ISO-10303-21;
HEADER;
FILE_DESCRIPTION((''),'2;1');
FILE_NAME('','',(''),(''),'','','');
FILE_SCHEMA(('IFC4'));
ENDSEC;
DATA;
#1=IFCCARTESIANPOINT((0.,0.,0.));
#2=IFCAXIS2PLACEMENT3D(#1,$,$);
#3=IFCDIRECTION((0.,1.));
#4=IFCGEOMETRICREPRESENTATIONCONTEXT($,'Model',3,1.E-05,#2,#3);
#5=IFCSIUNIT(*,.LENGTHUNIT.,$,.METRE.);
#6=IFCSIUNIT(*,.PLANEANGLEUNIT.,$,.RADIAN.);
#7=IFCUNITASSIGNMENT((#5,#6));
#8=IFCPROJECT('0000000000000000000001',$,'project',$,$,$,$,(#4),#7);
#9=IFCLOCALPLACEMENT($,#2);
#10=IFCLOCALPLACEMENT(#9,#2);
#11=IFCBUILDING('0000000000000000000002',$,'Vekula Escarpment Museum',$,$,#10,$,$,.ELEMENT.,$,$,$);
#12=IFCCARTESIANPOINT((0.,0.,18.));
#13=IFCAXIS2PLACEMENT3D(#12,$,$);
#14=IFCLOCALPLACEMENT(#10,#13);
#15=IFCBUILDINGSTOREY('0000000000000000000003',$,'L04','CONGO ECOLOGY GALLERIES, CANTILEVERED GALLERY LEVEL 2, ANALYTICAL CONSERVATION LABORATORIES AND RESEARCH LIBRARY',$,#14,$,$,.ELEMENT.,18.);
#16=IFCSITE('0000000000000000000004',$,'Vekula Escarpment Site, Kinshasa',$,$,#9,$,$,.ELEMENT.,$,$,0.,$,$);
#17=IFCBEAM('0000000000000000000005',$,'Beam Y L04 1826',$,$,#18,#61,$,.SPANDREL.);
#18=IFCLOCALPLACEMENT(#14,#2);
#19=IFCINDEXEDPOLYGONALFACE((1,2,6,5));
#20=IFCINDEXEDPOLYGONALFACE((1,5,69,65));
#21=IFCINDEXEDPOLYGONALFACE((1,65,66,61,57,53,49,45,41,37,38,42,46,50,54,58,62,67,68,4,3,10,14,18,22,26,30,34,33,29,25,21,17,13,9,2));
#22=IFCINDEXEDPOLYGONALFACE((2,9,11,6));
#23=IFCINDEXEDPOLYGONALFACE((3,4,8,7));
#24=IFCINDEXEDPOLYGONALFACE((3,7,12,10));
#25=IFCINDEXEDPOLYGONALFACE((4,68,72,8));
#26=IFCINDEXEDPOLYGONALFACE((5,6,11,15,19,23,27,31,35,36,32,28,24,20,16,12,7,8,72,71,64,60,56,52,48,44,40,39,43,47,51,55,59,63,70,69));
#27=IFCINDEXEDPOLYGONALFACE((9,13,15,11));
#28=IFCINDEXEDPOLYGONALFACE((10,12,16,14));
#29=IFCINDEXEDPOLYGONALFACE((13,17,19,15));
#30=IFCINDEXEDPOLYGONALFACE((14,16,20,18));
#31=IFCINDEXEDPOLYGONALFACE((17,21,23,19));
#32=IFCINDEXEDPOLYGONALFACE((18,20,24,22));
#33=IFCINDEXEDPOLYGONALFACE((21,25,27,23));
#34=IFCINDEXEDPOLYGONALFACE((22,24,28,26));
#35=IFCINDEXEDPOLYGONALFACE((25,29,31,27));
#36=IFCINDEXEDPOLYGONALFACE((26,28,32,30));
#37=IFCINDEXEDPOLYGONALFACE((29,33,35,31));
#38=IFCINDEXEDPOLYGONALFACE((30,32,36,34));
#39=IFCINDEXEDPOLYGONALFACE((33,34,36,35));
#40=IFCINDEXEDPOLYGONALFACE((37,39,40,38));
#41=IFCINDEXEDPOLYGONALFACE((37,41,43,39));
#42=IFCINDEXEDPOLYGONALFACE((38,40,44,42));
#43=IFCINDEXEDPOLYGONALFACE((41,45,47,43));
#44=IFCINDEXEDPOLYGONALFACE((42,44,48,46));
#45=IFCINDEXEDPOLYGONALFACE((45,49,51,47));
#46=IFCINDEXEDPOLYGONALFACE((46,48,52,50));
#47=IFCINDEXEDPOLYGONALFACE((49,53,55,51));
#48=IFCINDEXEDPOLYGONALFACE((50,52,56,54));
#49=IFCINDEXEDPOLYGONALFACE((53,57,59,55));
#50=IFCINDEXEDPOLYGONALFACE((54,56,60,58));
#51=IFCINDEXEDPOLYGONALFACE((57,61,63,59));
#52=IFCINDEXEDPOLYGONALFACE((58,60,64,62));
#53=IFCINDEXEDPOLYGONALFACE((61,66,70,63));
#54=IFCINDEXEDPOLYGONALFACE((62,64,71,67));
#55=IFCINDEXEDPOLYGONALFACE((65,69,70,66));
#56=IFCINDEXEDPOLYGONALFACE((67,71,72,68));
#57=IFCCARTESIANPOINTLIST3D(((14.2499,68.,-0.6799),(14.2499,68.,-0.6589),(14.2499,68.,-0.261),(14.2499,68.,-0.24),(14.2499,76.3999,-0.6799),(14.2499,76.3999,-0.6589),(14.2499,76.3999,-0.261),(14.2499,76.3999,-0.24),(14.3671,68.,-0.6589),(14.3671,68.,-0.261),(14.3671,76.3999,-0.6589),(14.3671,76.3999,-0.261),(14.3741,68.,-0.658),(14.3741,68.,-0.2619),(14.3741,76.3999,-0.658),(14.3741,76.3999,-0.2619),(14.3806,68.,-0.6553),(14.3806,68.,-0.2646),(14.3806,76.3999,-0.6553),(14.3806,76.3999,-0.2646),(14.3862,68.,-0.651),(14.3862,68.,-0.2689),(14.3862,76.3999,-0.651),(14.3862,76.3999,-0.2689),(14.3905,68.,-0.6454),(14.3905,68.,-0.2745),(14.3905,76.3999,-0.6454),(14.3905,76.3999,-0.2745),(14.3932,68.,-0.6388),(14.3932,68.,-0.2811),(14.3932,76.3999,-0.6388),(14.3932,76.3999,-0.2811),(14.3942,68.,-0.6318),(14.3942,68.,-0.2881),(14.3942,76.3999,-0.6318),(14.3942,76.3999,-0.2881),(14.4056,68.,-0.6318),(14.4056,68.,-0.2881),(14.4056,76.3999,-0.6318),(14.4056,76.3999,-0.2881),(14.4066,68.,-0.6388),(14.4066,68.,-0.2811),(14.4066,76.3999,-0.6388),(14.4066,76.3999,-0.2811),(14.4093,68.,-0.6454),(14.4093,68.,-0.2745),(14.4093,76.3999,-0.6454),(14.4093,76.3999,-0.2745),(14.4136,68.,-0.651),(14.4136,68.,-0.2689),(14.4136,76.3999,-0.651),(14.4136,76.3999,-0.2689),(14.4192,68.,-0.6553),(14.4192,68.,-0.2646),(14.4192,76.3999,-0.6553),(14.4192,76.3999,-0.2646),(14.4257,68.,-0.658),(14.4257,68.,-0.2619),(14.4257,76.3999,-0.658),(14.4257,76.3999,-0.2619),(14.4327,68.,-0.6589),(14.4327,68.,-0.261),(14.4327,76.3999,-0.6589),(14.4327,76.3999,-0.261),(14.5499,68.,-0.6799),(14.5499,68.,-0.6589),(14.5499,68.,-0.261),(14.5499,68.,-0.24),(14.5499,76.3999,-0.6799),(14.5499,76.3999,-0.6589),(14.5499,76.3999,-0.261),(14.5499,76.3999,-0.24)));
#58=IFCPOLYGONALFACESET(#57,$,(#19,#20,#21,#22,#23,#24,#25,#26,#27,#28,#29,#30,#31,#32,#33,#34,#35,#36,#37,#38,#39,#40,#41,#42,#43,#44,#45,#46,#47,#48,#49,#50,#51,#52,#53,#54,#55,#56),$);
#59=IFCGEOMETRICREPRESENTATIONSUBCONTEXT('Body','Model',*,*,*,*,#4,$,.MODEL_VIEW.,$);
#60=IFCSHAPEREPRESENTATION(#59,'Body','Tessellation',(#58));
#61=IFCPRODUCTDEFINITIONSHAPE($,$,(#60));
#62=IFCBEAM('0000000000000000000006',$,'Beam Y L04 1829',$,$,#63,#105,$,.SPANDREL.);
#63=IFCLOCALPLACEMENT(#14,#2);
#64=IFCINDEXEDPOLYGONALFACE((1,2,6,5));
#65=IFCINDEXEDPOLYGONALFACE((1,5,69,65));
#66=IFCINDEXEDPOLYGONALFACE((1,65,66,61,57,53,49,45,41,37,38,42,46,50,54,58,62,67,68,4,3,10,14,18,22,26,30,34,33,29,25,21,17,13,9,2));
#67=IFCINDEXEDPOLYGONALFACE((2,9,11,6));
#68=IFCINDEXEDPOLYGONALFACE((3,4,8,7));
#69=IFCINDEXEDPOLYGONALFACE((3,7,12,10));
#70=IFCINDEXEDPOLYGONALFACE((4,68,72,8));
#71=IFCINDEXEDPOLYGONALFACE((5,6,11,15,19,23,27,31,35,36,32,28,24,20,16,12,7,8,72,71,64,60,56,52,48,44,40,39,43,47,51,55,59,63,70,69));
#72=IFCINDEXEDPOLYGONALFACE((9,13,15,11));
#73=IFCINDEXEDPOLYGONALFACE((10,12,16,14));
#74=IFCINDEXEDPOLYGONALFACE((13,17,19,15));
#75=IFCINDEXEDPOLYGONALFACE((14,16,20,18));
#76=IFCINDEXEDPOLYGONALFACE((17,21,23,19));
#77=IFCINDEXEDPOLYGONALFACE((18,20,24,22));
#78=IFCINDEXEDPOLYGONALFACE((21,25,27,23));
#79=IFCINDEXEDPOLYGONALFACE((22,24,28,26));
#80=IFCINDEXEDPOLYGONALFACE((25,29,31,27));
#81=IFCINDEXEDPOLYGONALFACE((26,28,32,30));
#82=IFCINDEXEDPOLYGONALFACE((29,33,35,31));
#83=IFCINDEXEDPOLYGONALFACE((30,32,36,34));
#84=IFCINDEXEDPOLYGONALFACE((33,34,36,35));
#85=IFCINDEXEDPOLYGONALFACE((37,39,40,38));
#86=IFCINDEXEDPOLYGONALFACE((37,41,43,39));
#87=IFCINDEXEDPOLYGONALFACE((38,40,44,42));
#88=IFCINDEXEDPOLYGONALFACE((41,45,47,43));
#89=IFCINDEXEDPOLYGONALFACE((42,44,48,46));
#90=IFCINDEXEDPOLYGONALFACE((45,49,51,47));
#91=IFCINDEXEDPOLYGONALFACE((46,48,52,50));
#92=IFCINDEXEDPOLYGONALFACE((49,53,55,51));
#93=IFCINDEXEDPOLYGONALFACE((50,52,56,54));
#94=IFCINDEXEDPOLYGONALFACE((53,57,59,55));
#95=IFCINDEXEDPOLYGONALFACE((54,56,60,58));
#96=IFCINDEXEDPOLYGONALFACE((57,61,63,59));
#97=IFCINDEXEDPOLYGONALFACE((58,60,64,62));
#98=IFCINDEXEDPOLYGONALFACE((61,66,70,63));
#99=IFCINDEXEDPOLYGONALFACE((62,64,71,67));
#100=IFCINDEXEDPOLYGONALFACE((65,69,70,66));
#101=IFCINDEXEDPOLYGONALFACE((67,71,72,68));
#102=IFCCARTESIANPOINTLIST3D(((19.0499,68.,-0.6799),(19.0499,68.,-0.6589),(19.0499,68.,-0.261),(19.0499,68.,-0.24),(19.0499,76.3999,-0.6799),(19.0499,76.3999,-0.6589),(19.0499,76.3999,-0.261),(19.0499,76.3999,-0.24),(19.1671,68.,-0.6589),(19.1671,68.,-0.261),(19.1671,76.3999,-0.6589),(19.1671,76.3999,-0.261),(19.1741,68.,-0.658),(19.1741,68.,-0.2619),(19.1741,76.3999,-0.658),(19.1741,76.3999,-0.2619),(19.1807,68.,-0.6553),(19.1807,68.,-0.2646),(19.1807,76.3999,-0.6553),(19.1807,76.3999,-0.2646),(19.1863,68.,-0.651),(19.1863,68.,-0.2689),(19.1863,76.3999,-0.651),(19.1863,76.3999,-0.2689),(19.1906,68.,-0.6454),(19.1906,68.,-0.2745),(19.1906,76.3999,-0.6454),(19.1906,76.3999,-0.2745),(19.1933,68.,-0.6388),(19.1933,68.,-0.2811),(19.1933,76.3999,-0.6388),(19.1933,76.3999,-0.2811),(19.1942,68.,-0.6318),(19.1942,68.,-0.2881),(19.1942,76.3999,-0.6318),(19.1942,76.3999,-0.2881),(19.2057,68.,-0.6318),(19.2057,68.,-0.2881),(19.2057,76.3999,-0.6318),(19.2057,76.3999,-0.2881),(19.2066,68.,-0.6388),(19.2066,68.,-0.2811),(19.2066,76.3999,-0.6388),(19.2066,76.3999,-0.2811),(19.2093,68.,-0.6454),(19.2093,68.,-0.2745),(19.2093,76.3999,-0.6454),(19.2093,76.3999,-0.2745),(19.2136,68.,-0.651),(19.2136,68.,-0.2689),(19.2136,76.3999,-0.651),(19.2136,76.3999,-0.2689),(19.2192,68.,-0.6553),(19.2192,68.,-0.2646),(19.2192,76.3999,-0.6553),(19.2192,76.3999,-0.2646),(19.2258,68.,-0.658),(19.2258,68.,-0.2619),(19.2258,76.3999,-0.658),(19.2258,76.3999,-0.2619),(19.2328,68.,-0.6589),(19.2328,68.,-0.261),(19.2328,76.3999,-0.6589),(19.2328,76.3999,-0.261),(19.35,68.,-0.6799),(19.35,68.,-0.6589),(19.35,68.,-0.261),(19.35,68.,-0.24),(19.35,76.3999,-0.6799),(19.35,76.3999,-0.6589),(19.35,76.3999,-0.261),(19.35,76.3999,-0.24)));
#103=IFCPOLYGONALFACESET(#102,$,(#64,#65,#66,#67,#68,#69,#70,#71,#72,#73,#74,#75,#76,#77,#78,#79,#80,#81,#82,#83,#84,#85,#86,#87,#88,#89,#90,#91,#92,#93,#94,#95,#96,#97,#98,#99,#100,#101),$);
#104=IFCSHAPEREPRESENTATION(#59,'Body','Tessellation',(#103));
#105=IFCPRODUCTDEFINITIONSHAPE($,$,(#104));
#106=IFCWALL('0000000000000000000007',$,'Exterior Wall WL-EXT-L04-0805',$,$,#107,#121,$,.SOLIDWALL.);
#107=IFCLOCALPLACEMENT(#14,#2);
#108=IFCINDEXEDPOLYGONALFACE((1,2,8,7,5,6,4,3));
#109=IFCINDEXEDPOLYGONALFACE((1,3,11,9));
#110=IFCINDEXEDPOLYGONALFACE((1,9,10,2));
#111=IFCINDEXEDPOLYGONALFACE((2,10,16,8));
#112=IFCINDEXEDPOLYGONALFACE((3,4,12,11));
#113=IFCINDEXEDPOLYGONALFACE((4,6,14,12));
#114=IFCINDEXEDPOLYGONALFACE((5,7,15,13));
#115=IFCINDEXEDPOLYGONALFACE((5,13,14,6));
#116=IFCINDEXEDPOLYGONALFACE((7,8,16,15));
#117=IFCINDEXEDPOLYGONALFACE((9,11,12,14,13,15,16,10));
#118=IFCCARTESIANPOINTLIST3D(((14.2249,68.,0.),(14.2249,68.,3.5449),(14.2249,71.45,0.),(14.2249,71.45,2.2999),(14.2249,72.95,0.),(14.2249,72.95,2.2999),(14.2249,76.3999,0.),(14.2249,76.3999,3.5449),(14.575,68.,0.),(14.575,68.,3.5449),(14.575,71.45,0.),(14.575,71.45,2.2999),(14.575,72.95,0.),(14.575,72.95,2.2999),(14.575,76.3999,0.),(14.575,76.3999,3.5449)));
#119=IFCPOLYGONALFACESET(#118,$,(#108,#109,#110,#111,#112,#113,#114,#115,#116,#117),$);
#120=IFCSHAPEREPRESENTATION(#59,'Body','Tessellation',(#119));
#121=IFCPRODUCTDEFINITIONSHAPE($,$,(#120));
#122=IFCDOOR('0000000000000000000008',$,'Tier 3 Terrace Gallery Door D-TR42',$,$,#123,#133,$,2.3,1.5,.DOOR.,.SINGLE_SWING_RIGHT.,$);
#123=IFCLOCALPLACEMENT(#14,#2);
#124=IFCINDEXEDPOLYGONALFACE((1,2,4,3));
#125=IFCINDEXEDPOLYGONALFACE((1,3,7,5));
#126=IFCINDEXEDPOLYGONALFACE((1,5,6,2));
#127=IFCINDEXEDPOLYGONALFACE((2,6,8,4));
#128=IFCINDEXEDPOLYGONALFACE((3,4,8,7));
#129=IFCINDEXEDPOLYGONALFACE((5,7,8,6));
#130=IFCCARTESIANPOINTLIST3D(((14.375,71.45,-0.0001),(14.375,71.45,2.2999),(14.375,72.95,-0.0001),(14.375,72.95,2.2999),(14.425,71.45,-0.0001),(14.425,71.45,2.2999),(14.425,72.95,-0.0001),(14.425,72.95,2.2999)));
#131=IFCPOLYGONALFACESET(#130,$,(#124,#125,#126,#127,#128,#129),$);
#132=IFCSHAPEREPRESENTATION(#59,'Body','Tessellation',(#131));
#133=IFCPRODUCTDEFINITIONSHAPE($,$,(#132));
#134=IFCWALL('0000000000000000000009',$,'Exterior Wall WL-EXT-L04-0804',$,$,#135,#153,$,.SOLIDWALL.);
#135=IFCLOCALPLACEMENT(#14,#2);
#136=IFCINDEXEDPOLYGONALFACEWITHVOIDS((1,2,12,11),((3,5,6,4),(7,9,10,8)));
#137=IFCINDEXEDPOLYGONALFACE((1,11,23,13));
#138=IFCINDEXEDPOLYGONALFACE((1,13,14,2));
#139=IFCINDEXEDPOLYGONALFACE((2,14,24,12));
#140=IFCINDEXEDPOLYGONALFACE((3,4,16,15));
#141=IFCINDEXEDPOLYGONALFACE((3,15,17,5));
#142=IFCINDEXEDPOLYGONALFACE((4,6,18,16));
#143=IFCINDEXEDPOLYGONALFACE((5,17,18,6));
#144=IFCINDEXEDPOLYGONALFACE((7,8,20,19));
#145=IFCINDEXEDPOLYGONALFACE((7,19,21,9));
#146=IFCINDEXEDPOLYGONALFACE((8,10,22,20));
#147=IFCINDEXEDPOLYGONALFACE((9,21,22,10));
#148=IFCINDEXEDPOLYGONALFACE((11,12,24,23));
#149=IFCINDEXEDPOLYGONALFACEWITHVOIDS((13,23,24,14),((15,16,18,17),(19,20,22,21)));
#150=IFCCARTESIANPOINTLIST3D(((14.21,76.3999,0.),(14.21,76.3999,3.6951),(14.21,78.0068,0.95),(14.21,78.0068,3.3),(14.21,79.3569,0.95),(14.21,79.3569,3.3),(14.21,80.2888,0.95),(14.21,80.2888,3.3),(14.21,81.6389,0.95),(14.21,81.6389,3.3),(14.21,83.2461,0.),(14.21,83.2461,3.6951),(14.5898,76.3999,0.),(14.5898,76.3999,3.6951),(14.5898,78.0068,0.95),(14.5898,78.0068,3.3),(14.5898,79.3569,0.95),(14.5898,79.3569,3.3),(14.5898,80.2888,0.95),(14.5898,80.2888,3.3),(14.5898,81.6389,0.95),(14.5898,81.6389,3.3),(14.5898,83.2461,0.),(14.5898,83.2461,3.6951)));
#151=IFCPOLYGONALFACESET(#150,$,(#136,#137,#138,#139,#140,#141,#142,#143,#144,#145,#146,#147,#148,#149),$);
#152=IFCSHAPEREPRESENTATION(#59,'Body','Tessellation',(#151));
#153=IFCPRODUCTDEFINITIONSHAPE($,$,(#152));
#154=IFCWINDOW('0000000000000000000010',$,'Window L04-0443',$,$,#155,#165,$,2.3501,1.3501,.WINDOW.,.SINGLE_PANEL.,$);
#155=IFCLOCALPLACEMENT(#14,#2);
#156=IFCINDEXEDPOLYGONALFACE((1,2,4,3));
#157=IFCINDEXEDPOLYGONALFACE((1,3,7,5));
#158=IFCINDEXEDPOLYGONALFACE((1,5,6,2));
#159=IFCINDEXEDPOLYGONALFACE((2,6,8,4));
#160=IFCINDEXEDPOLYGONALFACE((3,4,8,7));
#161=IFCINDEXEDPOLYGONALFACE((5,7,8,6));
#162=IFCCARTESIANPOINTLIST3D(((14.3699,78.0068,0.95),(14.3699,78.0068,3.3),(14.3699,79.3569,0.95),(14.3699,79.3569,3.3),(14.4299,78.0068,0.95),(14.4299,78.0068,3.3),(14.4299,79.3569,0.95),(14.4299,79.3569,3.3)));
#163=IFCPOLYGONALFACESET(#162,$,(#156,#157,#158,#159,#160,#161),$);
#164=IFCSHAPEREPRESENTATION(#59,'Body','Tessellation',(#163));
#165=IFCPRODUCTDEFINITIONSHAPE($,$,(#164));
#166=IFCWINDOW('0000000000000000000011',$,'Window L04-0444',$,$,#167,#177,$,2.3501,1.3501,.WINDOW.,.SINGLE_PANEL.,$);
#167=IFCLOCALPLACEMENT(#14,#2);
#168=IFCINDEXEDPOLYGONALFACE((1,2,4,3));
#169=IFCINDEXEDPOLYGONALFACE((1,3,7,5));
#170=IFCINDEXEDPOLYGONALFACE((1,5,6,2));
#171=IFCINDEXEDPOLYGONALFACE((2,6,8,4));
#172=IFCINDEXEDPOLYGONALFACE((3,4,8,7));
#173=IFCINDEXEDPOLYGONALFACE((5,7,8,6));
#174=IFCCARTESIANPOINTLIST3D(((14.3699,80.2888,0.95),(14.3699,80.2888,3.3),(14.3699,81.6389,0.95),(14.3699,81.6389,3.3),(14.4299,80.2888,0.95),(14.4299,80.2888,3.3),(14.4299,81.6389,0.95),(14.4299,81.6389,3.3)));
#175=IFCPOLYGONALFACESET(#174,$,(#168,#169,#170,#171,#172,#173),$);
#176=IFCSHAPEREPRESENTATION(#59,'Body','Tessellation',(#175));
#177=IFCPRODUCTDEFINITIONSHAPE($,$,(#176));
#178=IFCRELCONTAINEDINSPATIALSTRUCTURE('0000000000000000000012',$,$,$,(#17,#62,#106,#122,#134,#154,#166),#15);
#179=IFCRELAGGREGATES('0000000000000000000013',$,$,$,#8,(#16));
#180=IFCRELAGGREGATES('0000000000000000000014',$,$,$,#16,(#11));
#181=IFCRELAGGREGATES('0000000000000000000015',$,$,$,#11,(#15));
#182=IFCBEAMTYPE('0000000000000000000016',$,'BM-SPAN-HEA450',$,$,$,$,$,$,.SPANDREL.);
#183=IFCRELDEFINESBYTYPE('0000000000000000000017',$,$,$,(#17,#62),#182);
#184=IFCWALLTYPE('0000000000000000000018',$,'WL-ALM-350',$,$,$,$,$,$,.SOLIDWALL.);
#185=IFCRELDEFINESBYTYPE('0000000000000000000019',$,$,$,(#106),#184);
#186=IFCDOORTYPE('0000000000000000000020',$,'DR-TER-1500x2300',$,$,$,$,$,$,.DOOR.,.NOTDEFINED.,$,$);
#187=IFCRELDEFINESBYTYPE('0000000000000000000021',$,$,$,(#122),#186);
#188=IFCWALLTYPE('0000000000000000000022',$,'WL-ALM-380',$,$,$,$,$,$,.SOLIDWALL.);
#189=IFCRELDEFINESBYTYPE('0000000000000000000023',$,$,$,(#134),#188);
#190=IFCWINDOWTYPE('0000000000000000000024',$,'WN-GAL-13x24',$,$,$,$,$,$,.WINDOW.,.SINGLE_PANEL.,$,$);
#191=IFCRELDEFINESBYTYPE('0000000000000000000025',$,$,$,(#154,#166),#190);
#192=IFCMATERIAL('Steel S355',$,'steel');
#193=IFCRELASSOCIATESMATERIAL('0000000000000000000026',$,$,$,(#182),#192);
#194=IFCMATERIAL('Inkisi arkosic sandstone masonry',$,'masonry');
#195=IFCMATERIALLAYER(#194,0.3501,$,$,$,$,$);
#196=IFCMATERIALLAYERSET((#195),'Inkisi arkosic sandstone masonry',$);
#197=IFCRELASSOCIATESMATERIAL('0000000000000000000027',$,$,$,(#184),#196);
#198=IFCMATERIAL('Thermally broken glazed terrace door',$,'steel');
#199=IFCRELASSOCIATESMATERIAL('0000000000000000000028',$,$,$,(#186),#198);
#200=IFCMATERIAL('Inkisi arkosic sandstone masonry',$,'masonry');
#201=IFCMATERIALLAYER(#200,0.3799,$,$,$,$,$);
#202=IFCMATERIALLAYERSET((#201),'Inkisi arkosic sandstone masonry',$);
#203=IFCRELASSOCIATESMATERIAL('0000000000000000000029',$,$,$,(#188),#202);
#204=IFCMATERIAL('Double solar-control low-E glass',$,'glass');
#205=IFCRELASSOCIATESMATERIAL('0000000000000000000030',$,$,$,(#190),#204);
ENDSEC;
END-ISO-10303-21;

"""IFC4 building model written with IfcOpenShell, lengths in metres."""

from ifc_helpers import new_model, si_unit, direction, frame, frame_2d, origin, origin_2d, place, context, subcontext, project, spatial, rectangle, i_section, extrude, material, layer, layer_set, material_profile, profile_set, type_object, element, fill, save


model = new_model("IFC4")

# Units and contexts
model_context = context("Model", 3, precision=1e-05, world=origin(), true_north=direction((0.0, 1.0)))
body_context = subcontext(model_context, "Body", "Model", "MODEL_VIEW")
ifc_project = project(units=[si_unit("LENGTHUNIT", "METRE"), si_unit("PLANEANGLEUNIT", "RADIAN")], contexts=[model_context])

# Site, building, storey
site_placement = place(None, origin())
site = spatial("IfcSite", under=ifc_project, at=site_placement, Name="Vekula Escarpment Site, Kinshasa", CompositionType="ELEMENT", RefElevation=0.0)
building_placement = place(site_placement, origin())
building = spatial("IfcBuilding", under=site, at=building_placement, Name="Vekula Escarpment Museum", CompositionType="ELEMENT")
storey_placement = place(building_placement, frame((0.0, 0.0, 18.0)))
storey = spatial("IfcBuildingStorey", under=building, at=storey_placement, Name="L04", Description="CONGO ECOLOGY GALLERIES, CANTILEVERED GALLERY LEVEL 2, ANALYTICAL CONSERVATION LABORATORIES AND RESEARCH LIBRARY", CompositionType="ELEMENT", Elevation=18.0)

# Beams
ifc_material_1 = material(Name="Steel S355", Category="steel")
ifc_material_profile_1 = material_profile(ifc_material_1, i_section(OverallWidth=0.3, OverallDepth=0.4399, WebThickness=0.0115, FlangeThickness=0.021, FilletRadius=0.0271, at=origin_2d()), Name="HEA 450")
ifc_profile_set_1 = profile_set([ifc_material_profile_1], Name="Steel S355")
beam_type_1 = type_object("IfcBeamType", Name="BM-SPAN-HEA450", PredefinedType="SPANDREL", material=ifc_profile_set_1)
for number, where, z_axis, x_axis, name in (
    (1, (14.3999, 68.0, -0.46), (0.0, 1.0, 0.0), (-1.0, 0.0, 0.0), "Beam Y L04 1826"),
    (2, (19.2, 68.0, -0.46), (0.0, 1.0, 0.0), (-1.0, 0.0, 0.0), "Beam Y L04 1829"),
):
    element("IfcBeam", number, at=place(storey_placement, frame(where, z_axis=z_axis, x_axis=x_axis)), inside=storey, type_object=beam_type_1, Name=name, PredefinedType="SPANDREL", context=body_context, shape_type="SweptSolid", body=[
        extrude(i_section(OverallWidth=0.3, OverallDepth=0.4399, WebThickness=0.0115, FlangeThickness=0.021, FilletRadius=0.0271, at=origin_2d()), origin(), (0.0, 0.0, 1.0), 8.3999),
    ])

# Wall, opening, door
ifc_material_2 = material(Name="Inkisi arkosic sandstone masonry", Category="masonry")
ifc_layer_1 = layer(ifc_material_2, 0.3501)
ifc_layer_set_1 = layer_set([ifc_layer_1], Name="Inkisi arkosic sandstone masonry")
wall_type_1 = type_object("IfcWallType", Name="WL-ALM-350", PredefinedType="SOLIDWALL", material=ifc_layer_set_1)
wall_1_placement = place(storey_placement, frame((14.3999, 68.0, 0.0), z_axis=(0.0, 0.0, 1.0), x_axis=(0.0, 1.0, 0.0)))
wall_1 = element("IfcWall", 3, at=wall_1_placement, inside=storey, type_object=wall_type_1, Name="Exterior Wall WL-EXT-L04-0805", PredefinedType="SOLIDWALL", context=body_context, shape_type="SweptSolid", body=[
    extrude(rectangle(XDim=8.3999, YDim=0.3501, at=frame_2d((4.2, 0.0))), origin(), (0.0, 0.0, 1.0), 3.5449),
])
opening_1_placement = place(wall_1_placement, frame((3.45, 0.0, 0.0)))
opening_1 = element("IfcOpeningElement", 4, at=opening_1_placement, cuts=wall_1, PredefinedType="OPENING", context=body_context, shape_type="SweptSolid", body=[
    extrude(rectangle(XDim=1.5, YDim=2.3, at=frame_2d((0.75, 1.1499))), frame((0.0, 0.1851, 0.0), z_axis=(0.0, -1.0, 0.0), x_axis=(1.0, 0.0, 0.0)), (0.0, 0.0, 1.0), 0.3701),
])
ifc_material_3 = material(Name="Thermally broken glazed terrace door", Category="steel")
door_type_1 = type_object("IfcDoorType", Name="DR-TER-1500x2300", OperationType="NOTDEFINED", PredefinedType="DOOR", material=ifc_material_3)
door_1_placement = place(opening_1_placement, origin())
door_1 = element("IfcDoor", 5, at=door_1_placement, inside=storey, type_object=door_type_1, Name="Tier 3 Terrace Gallery Door D-TR42", OperationType="SINGLE_SWING_RIGHT", OverallHeight=2.3, OverallWidth=1.5, PredefinedType="DOOR", context=body_context, shape_type="SweptSolid", body=[
    extrude(rectangle(XDim=1.5, YDim=2.3, at=frame_2d((0.75, 1.1499))), frame((0.0, 0.0249, 0.0), z_axis=(0.0, -1.0, 0.0), x_axis=(1.0, 0.0, 0.0)), (0.0, 0.0, 1.0), 0.05),
])
fill(opening_1, door_1)

# Wall, openings, windows
ifc_material_4 = material(Name="Inkisi arkosic sandstone masonry", Category="masonry")
ifc_layer_2 = layer(ifc_material_4, 0.3799)
ifc_layer_set_2 = layer_set([ifc_layer_2], Name="Inkisi arkosic sandstone masonry")
wall_type_2 = type_object("IfcWallType", Name="WL-ALM-380", PredefinedType="SOLIDWALL", material=ifc_layer_set_2)
wall_2_placement = place(storey_placement, frame((14.3999, 76.3999, 0.0), z_axis=(0.0, 0.0, 1.0), x_axis=(0.0, 1.0, 0.0)))
wall_2 = element("IfcWall", 6, at=wall_2_placement, inside=storey, type_object=wall_type_2, Name="Exterior Wall WL-EXT-L04-0804", PredefinedType="SOLIDWALL", context=body_context, shape_type="SweptSolid", body=[
    extrude(rectangle(XDim=6.8462, YDim=0.3799, at=frame_2d((3.4231, 0.0))), origin(), (0.0, 0.0, 1.0), 3.6951),
])
opening_2_placement = place(wall_2_placement, frame((1.6069, 0.0, 0.95)))
opening_2 = element("IfcOpeningElement", 7, at=opening_2_placement, cuts=wall_2, PredefinedType="OPENING", context=body_context, shape_type="SweptSolid", body=[
    extrude(rectangle(XDim=1.3501, YDim=2.3501, at=frame_2d((0.675, 1.175))), frame((0.0, 0.2, 0.0), z_axis=(0.0, -1.0, 0.0), x_axis=(1.0, 0.0, 0.0)), (0.0, 0.0, 1.0), 0.3999),
])
opening_3_placement = place(wall_2_placement, frame((3.8889, 0.0, 0.95)))
opening_3 = element("IfcOpeningElement", 8, at=opening_3_placement, cuts=wall_2, PredefinedType="OPENING", context=body_context, shape_type="SweptSolid", body=[
    extrude(rectangle(XDim=1.3501, YDim=2.3501, at=frame_2d((0.675, 1.175))), frame((0.0, 0.2, 0.0), z_axis=(0.0, -1.0, 0.0), x_axis=(1.0, 0.0, 0.0)), (0.0, 0.0, 1.0), 0.3999),
])
ifc_material_5 = material(Name="Double solar-control low-E glass", Category="glass")
window_type = type_object("IfcWindowType", Name="WN-GAL-13x24", PartitioningType="SINGLE_PANEL", PredefinedType="WINDOW", material=ifc_material_5)
window_1_placement = place(opening_2_placement, origin())
window_1 = element("IfcWindow", 9, at=window_1_placement, inside=storey, type_object=window_type, Name="Window L04-0443", OverallHeight=2.3501, OverallWidth=1.3501, PartitioningType="SINGLE_PANEL", PredefinedType="WINDOW", context=body_context, shape_type="SweptSolid", body=[
    extrude(rectangle(XDim=1.3501, YDim=2.3501, at=frame_2d((0.675, 1.175))), frame((0.0, 0.03, 0.0), z_axis=(0.0, -1.0, 0.0), x_axis=(1.0, 0.0, 0.0)), (0.0, 0.0, 1.0), 0.0601),
])
fill(opening_2, window_1)
window_2_placement = place(opening_3_placement, origin())
window_2 = element("IfcWindow", 10, at=window_2_placement, inside=storey, type_object=window_type, Name="Window L04-0444", OverallHeight=2.3501, OverallWidth=1.3501, PartitioningType="SINGLE_PANEL", PredefinedType="WINDOW", context=body_context, shape_type="SweptSolid", body=[
    extrude(rectangle(XDim=1.3501, YDim=2.3501, at=frame_2d((0.675, 1.175))), frame((0.0, 0.03, 0.0), z_axis=(0.0, -1.0, 0.0), x_axis=(1.0, 0.0, 0.0)), (0.0, 0.0, 1.0), 0.0601),
])
fill(opening_3, window_2)

save(model, "model.ifc")
